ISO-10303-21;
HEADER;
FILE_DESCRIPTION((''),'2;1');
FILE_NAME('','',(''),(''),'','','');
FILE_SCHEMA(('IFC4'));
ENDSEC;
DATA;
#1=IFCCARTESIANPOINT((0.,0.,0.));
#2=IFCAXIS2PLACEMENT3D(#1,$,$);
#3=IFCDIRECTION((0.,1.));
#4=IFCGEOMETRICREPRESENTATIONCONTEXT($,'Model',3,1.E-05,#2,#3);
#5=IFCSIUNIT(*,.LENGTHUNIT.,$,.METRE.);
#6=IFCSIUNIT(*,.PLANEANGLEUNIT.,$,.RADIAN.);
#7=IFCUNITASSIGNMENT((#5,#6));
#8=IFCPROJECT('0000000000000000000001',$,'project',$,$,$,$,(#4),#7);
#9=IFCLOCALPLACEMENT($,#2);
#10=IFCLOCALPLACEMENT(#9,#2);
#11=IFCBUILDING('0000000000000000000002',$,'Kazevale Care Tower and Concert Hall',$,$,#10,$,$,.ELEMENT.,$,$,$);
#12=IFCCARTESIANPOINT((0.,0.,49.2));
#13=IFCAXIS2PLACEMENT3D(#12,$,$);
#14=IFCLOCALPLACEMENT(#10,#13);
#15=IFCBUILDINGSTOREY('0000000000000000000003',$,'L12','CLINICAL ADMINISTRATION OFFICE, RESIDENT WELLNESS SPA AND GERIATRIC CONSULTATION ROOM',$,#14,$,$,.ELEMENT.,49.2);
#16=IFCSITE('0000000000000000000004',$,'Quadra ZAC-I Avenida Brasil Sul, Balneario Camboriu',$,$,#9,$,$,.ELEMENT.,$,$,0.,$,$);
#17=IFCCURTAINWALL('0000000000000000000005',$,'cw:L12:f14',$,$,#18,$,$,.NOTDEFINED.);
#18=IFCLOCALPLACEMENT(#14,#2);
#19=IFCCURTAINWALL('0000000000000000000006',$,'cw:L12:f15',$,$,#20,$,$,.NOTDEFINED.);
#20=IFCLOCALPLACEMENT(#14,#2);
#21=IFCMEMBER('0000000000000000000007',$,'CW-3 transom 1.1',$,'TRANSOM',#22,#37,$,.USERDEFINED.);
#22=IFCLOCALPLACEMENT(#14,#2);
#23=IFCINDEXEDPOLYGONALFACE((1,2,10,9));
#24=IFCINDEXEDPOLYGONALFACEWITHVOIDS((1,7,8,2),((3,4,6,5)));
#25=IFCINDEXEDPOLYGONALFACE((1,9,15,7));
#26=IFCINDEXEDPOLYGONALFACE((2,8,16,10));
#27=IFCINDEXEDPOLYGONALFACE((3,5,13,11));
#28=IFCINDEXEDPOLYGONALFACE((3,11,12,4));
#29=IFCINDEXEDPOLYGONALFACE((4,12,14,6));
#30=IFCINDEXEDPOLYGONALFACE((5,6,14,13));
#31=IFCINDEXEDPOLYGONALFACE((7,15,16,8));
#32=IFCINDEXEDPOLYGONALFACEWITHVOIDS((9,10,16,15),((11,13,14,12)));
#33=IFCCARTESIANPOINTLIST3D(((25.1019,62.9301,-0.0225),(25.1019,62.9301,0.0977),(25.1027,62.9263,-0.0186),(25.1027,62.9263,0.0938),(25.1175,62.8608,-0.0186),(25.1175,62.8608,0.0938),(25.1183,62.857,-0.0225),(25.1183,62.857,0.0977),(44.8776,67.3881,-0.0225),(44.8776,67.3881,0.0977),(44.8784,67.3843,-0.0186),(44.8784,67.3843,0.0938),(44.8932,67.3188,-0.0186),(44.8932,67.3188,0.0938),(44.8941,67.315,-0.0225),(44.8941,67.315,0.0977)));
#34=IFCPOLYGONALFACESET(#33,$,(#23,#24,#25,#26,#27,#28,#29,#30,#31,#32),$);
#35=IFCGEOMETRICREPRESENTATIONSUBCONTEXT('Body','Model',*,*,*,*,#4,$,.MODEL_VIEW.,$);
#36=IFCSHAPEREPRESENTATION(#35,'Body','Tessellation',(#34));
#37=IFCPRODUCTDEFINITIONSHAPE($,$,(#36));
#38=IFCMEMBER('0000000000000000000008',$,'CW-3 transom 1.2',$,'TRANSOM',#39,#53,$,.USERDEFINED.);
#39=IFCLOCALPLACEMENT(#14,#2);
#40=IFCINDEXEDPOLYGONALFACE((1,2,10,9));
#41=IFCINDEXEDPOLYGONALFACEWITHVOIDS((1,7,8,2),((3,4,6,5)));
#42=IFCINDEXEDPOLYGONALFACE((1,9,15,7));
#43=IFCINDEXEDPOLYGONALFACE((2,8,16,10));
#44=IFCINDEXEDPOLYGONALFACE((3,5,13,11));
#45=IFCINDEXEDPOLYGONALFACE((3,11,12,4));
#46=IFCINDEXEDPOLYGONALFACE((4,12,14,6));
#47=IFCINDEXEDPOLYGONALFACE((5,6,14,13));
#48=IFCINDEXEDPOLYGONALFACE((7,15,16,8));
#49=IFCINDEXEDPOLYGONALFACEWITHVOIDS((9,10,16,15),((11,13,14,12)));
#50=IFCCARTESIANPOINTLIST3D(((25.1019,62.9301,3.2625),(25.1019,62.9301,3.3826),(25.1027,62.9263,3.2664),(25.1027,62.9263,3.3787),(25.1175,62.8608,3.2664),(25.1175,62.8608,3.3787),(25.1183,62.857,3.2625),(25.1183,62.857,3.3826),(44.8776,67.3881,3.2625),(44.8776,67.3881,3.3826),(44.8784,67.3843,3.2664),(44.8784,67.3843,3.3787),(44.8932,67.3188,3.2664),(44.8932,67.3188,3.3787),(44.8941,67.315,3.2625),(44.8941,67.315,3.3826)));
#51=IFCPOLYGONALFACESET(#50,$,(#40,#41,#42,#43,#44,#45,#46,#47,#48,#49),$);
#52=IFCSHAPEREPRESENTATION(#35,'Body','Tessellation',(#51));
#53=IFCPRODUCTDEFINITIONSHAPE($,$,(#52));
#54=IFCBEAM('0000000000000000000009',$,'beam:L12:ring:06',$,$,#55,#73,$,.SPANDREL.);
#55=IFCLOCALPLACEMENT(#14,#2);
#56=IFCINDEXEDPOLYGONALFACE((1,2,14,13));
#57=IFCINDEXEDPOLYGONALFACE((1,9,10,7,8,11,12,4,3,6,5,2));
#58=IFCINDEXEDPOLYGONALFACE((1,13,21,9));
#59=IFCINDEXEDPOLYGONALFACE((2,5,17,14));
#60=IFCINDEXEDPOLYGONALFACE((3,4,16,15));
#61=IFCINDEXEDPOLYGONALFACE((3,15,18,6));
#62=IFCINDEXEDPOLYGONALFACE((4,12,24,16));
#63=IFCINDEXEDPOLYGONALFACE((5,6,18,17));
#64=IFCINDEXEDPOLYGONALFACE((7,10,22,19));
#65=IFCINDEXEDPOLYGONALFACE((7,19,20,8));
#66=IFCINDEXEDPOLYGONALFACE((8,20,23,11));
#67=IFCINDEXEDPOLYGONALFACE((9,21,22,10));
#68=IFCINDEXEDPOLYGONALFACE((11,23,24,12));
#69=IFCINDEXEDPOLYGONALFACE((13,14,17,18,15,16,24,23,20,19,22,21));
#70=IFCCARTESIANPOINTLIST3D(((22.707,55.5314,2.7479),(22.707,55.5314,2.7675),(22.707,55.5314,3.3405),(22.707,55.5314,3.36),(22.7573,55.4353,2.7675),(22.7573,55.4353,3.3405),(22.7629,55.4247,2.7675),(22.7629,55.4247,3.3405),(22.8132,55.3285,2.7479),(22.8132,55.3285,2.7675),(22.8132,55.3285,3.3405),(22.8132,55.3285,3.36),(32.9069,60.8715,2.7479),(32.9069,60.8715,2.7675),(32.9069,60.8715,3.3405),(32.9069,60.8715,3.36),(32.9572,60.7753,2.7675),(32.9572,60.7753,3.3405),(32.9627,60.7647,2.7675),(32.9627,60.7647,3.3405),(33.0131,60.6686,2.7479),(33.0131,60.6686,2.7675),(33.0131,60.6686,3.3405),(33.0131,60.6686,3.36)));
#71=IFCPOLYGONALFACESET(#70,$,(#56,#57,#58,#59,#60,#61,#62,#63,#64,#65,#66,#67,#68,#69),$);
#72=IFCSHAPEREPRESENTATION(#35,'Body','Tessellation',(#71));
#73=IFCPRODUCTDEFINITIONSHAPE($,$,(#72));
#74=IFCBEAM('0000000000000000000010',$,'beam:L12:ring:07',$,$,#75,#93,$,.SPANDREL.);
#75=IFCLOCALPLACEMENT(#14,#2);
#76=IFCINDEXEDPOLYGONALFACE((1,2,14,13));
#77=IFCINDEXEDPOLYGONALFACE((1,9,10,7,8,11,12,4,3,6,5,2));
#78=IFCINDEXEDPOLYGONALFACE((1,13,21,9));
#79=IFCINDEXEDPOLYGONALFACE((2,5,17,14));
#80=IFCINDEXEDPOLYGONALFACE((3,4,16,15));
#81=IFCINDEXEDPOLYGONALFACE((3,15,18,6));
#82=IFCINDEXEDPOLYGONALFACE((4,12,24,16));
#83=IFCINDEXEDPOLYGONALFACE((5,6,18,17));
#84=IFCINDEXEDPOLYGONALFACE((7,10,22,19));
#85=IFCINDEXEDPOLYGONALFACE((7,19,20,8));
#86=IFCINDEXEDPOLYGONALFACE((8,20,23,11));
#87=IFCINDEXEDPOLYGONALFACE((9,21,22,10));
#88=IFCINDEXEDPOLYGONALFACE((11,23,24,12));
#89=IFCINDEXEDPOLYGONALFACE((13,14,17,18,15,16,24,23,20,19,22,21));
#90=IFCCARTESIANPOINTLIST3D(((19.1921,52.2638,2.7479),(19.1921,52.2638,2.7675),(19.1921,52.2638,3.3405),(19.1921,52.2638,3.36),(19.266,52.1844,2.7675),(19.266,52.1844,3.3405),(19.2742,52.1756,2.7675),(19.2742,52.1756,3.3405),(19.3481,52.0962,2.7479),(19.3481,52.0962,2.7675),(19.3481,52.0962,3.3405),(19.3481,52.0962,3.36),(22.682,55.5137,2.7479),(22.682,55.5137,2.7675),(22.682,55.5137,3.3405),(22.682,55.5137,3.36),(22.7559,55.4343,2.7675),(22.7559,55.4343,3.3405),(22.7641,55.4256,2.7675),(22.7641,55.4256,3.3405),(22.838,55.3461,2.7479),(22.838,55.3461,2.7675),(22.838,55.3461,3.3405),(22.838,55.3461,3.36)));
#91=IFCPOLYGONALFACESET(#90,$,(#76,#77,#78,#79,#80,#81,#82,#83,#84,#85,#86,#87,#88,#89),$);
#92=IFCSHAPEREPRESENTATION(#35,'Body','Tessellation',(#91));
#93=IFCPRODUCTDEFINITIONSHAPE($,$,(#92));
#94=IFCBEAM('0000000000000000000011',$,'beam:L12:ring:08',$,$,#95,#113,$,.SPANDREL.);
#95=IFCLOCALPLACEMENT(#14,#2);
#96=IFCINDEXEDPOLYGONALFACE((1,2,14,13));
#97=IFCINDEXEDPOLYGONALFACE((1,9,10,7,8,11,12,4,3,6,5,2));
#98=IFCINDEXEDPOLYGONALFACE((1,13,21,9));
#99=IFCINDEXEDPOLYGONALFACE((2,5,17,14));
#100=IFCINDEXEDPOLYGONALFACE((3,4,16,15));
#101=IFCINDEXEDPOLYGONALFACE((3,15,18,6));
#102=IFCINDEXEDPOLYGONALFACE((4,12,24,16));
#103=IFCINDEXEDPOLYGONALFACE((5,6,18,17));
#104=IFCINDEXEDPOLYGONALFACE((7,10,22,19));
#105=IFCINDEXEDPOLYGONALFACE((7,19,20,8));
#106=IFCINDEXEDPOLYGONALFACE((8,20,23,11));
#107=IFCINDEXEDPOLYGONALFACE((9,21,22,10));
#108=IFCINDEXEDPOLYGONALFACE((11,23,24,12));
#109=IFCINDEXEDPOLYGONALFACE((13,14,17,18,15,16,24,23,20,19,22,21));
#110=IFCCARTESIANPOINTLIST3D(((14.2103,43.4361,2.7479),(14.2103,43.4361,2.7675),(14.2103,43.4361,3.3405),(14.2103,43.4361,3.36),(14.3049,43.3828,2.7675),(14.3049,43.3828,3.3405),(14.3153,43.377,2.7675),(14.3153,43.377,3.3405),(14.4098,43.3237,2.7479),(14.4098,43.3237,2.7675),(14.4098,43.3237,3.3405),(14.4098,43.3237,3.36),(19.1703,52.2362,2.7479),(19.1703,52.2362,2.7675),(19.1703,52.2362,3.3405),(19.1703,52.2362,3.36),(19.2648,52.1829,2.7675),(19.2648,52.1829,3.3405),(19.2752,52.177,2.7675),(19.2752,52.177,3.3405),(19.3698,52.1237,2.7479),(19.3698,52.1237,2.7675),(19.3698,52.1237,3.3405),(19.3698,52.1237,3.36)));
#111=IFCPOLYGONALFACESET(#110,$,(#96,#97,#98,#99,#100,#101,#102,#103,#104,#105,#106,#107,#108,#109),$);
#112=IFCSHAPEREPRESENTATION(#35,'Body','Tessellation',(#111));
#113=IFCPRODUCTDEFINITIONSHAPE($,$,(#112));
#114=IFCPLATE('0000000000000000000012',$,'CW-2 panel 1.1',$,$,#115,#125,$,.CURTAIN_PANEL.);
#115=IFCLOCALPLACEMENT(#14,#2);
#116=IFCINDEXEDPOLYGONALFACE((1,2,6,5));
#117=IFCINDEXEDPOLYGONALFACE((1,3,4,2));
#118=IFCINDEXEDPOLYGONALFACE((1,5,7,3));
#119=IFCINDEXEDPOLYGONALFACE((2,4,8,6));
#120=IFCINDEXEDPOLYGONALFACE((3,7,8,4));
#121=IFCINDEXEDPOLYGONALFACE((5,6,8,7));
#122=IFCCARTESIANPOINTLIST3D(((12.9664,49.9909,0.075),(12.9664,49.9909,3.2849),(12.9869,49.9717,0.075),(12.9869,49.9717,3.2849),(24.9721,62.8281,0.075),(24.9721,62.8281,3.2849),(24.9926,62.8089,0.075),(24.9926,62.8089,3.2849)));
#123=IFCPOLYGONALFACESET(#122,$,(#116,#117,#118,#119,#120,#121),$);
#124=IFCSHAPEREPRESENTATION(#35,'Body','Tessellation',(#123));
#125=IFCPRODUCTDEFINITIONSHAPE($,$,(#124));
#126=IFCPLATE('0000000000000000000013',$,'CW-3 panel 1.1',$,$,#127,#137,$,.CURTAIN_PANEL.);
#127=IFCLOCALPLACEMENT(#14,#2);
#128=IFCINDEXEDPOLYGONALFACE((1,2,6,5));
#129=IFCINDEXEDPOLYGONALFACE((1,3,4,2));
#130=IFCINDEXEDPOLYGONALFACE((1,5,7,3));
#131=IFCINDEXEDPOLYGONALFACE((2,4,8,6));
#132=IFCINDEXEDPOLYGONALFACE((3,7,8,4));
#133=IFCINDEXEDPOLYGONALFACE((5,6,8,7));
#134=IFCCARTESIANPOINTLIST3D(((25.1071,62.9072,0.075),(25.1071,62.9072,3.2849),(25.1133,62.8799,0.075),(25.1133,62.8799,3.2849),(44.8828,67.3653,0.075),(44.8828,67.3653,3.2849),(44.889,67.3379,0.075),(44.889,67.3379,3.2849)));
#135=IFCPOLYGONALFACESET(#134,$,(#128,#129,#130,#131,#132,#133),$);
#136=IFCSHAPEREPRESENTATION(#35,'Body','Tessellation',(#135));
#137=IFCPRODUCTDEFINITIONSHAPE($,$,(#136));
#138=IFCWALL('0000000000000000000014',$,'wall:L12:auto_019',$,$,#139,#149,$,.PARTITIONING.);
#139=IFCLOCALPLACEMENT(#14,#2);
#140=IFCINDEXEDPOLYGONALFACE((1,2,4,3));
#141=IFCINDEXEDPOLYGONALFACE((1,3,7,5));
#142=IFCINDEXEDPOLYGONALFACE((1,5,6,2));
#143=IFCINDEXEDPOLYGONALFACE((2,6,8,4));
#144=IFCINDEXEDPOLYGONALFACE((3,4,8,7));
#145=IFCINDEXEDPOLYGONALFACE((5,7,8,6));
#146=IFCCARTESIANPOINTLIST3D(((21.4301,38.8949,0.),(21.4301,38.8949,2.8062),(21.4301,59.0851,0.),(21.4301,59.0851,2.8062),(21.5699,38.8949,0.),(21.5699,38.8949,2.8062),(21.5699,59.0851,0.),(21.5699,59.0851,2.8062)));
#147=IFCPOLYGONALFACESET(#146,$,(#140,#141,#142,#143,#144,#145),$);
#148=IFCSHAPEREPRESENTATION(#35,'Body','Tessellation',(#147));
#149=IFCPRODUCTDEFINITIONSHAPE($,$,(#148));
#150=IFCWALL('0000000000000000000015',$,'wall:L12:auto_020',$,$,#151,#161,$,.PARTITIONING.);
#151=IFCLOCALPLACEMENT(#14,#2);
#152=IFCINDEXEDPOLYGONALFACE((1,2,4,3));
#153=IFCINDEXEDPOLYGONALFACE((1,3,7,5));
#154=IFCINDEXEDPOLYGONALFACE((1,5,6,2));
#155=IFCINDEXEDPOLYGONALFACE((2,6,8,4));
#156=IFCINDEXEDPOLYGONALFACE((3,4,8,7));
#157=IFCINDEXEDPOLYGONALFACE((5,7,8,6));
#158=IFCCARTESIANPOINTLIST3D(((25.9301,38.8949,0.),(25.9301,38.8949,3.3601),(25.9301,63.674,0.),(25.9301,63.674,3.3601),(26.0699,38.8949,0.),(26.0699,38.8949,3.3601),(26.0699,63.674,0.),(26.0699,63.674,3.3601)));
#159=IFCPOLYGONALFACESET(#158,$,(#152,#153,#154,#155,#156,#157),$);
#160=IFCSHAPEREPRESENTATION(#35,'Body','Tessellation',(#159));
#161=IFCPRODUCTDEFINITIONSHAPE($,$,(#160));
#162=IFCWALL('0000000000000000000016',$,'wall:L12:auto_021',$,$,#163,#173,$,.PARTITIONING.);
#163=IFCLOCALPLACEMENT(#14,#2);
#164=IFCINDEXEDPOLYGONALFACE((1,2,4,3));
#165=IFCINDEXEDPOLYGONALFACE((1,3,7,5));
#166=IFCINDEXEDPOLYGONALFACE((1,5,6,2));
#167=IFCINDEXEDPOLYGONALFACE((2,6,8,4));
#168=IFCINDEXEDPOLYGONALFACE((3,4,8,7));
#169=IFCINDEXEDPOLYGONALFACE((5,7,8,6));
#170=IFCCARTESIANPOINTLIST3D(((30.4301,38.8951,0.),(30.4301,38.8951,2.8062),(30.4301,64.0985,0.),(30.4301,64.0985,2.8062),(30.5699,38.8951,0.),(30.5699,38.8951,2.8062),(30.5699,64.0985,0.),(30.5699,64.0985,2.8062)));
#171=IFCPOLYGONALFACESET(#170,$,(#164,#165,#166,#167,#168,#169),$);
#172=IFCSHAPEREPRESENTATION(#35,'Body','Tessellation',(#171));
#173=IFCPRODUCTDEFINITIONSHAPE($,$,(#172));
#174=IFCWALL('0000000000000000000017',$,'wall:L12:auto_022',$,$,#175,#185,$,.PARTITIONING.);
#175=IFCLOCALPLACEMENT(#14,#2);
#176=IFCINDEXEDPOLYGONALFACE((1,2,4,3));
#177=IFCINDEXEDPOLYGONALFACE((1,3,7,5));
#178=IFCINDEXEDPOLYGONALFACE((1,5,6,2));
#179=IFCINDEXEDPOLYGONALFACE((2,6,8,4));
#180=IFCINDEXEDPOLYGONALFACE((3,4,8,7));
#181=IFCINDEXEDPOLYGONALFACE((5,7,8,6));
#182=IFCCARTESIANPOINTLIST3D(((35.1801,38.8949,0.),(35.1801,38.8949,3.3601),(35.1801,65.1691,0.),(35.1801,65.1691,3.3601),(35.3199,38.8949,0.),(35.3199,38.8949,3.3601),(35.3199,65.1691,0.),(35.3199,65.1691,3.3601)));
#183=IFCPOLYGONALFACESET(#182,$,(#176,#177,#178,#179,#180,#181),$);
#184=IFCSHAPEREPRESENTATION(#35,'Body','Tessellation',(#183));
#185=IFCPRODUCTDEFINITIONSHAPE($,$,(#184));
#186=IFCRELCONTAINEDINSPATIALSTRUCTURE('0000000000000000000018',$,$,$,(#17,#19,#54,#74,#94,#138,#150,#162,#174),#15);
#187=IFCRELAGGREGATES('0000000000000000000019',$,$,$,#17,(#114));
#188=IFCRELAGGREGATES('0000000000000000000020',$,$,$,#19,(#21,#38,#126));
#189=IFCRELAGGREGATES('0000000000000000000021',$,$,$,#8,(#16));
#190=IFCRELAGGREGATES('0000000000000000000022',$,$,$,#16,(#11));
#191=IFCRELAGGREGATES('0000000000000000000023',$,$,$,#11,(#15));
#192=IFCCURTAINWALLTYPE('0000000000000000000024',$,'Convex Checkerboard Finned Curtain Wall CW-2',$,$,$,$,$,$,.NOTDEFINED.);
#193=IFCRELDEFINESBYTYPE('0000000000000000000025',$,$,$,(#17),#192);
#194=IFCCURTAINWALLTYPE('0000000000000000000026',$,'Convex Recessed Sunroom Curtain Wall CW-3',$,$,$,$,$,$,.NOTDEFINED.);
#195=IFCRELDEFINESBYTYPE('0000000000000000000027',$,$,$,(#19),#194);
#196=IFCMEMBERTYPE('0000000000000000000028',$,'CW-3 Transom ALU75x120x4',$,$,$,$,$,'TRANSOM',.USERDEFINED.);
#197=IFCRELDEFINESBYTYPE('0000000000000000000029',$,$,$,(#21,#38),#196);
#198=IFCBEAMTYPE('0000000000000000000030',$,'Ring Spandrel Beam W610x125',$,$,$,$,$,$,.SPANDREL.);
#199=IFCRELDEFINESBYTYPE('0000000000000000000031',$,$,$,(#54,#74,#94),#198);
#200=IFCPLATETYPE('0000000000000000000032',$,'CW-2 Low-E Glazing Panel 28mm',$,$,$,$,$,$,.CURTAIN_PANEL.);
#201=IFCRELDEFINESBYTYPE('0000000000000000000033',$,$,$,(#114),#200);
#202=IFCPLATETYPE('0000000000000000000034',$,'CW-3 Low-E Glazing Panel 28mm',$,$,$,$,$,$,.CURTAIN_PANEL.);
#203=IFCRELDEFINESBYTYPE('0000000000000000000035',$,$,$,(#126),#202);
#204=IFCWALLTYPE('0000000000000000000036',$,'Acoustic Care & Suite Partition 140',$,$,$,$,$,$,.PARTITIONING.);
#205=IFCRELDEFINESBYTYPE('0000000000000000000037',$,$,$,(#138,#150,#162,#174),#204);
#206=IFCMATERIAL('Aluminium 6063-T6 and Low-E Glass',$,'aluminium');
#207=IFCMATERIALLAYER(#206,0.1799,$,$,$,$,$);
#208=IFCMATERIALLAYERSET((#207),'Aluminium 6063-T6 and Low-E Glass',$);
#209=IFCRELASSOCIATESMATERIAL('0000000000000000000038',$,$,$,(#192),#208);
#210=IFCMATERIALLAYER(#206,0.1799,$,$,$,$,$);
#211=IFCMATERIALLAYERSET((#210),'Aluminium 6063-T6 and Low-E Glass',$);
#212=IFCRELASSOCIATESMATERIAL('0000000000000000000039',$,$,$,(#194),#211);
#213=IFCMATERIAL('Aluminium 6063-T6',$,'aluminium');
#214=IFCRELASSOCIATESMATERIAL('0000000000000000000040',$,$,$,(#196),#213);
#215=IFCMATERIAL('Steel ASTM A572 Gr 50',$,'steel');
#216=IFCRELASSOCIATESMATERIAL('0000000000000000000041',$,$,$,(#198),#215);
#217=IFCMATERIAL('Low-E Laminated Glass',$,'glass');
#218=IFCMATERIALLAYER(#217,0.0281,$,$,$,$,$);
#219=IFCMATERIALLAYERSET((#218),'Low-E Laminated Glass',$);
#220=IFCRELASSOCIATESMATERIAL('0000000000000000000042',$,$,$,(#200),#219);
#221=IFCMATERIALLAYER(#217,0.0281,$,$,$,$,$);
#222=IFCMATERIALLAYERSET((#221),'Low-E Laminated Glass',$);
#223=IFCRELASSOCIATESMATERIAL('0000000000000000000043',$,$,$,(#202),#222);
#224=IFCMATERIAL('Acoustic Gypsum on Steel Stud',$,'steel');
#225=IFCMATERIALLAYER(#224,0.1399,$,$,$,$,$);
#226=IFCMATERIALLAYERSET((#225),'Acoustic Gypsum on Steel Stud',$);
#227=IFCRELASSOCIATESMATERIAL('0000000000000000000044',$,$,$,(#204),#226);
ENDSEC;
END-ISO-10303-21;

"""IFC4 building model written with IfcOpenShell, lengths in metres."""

from ifc_helpers import new_model, si_unit, direction, frame, frame_2d, origin, origin_2d, place, context, subcontext, project, spatial, rectangle, hollow_rectangle, i_section, extrude, material, layer, layer_set, material_profile, profile_set, type_object, element, aggregate, save


model = new_model("IFC4")

# Units and contexts
model_context = context("Model", 3, precision=1e-05, world=origin(), true_north=direction((0.0, 1.0)))
body_context = subcontext(model_context, "Body", "Model", "MODEL_VIEW")
ifc_project = project(units=[si_unit("LENGTHUNIT", "METRE"), si_unit("PLANEANGLEUNIT", "RADIAN")], contexts=[model_context])

# Site, building, storey
site_placement = place(None, origin())
site = spatial("IfcSite", under=ifc_project, at=site_placement, Name="Quadra ZAC-I Avenida Brasil Sul, Balneario Camboriu", CompositionType="ELEMENT", RefElevation=0.0)
building_placement = place(site_placement, origin())
building = spatial("IfcBuilding", under=site, at=building_placement, Name="Kazevale Care Tower and Concert Hall", CompositionType="ELEMENT")
storey_placement = place(building_placement, frame((0.0, 0.0, 49.2)))
storey = spatial("IfcBuildingStorey", under=building, at=storey_placement, Name="L12", Description="CLINICAL ADMINISTRATION OFFICE, RESIDENT WELLNESS SPA AND GERIATRIC CONSULTATION ROOM", CompositionType="ELEMENT", Elevation=49.2)

# Curtain wall
ifc_material_1 = material(Name="Aluminium 6063-T6 and Low-E Glass", Category="aluminium")
ifc_layer_1 = layer(ifc_material_1, 0.1799)
ifc_layer_set_1 = layer_set([ifc_layer_1], Name="Aluminium 6063-T6 and Low-E Glass")
curtain_wall_type_1 = type_object("IfcCurtainWallType", Name="Convex Checkerboard Finned Curtain Wall CW-2", PredefinedType="NOTDEFINED", material=ifc_layer_set_1)
curtain_wall_1_placement = place(storey_placement, origin())
curtain_wall_1 = element("IfcCurtainWall", 1, at=curtain_wall_1_placement, inside=storey, type_object=curtain_wall_type_1, Name="cw:L12:f14", PredefinedType="NOTDEFINED")
ifc_material_2 = material(Name="Aluminium 6063-T6", Category="aluminium")

# Curtain wall, members
ifc_layer_2 = layer(ifc_material_1, 0.1799)
ifc_layer_set_2 = layer_set([ifc_layer_2], Name="Aluminium 6063-T6 and Low-E Glass")
curtain_wall_type_2 = type_object("IfcCurtainWallType", Name="Convex Recessed Sunroom Curtain Wall CW-3", PredefinedType="NOTDEFINED", material=ifc_layer_set_2)
curtain_wall_2_placement = place(storey_placement, origin())
curtain_wall_2 = element("IfcCurtainWall", 2, at=curtain_wall_2_placement, inside=storey, type_object=curtain_wall_type_2, Name="cw:L12:f15", PredefinedType="NOTDEFINED")
ifc_material_profile_1 = material_profile(ifc_material_2, hollow_rectangle(XDim=0.075, YDim=0.1201, WallThickness=0.0039, at=origin_2d()), Name="ALU75x120x4")
ifc_profile_set_1 = profile_set([ifc_material_profile_1], Name="Aluminium 6063-T6")
member_type_1 = type_object("IfcMemberType", Name="CW-3 Transom ALU75x120x4", ElementType="TRANSOM", PredefinedType="USERDEFINED", material=ifc_profile_set_1)
member_1_placement = place(storey_placement, frame((25.1101, 62.8936, 0.0376), z_axis=(0.97552, 0.219911, 0.0), x_axis=(-0.219911, 0.97552, 0.0)))
member_1 = element("IfcMember", 3, at=member_1_placement, type_object=member_type_1, Name="CW-3 transom 1.1", ObjectType="TRANSOM", PredefinedType="USERDEFINED", context=body_context, shape_type="SweptSolid", body=[
    extrude(hollow_rectangle(XDim=0.075, YDim=0.1201, WallThickness=0.0039, at=origin_2d()), origin(), (0.0, 0.0, 1.0), 20.272),
])
member_2_placement = place(storey_placement, frame((25.1101, 62.8936, 3.3225), z_axis=(0.97552, 0.219911, 0.0), x_axis=(-0.219911, 0.97552, 0.0)))
member_2 = element("IfcMember", 4, at=member_2_placement, type_object=member_type_1, Name="CW-3 transom 1.2", ObjectType="TRANSOM", PredefinedType="USERDEFINED", context=body_context, shape_type="SweptSolid", body=[
    extrude(hollow_rectangle(XDim=0.075, YDim=0.1201, WallThickness=0.0039, at=origin_2d()), origin(), (0.0, 0.0, 1.0), 20.272),
])

# Beams
ifc_material_3 = material(Name="Steel ASTM A572 Gr 50", Category="steel")
ifc_material_profile_2 = material_profile(ifc_material_3, i_section(OverallWidth=0.229, OverallDepth=0.6121, WebThickness=0.012, FlangeThickness=0.0195, at=origin_2d()), Name="W610x125")
ifc_profile_set_2 = profile_set([ifc_material_profile_2], Name="Steel ASTM A572 Gr 50")
beam_type = type_object("IfcBeamType", Name="Ring Spandrel Beam W610x125", PredefinedType="SPANDREL", material=ifc_profile_set_2)
beam_1_placement = place(storey_placement, frame((32.96, 60.77, 3.054), z_axis=(-0.885929, -0.46382, 0.0), x_axis=(0.46382, -0.885929, 0.0)))
element("IfcBeam", 5, at=beam_1_placement, inside=storey, type_object=beam_type, Name="beam:L12:ring:06", PredefinedType="SPANDREL", context=body_context, shape_type="SweptSolid", body=[
    extrude(i_section(OverallWidth=0.229, OverallDepth=0.6121, WebThickness=0.012, FlangeThickness=0.0195, at=origin_2d()), origin(), (0.0, 0.0, 1.0), 11.5132),
])
beam_2_placement = place(storey_placement, frame((22.76, 55.4299, 3.054), z_axis=(-0.731821, -0.681497, 0.0), x_axis=(0.681497, -0.731821, 0.0)))
element("IfcBeam", 6, at=beam_2_placement, inside=storey, type_object=beam_type, Name="beam:L12:ring:07", PredefinedType="SPANDREL", context=body_context, shape_type="SweptSolid", body=[
    extrude(i_section(OverallWidth=0.229, OverallDepth=0.6121, WebThickness=0.012, FlangeThickness=0.0195, at=origin_2d()), origin(), (0.0, 0.0, 1.0), 4.7688),
])
beam_3_placement = place(storey_placement, frame((19.27, 52.1799, 3.054), z_axis=(-0.491008, -0.871155, 0.0), x_axis=(0.871155, -0.491008, 0.0)))
element("IfcBeam", 7, at=beam_3_placement, inside=storey, type_object=beam_type, Name="beam:L12:ring:08", PredefinedType="SPANDREL", context=body_context, shape_type="SweptSolid", body=[
    extrude(i_section(OverallWidth=0.229, OverallDepth=0.6121, WebThickness=0.012, FlangeThickness=0.0195, at=origin_2d()), origin(), (0.0, 0.0, 1.0), 10.1016),
])

# Plates
ifc_material_4 = material(Name="Low-E Laminated Glass", Category="glass")
ifc_layer_3 = layer(ifc_material_4, 0.0281)
ifc_layer_set_3 = layer_set([ifc_layer_3], Name="Low-E Laminated Glass")
plate_type_1 = type_object("IfcPlateType", Name="CW-2 Low-E Glazing Panel 28mm", PredefinedType="CURTAIN_PANEL", material=ifc_layer_set_3)
plate_1_placement = place(storey_placement, frame((18.9795, 56.3999, 0.075), z_axis=(0.0, 0.0, 1.0), x_axis=(0.683059, 0.730363, 0.0)))
plate_1 = element("IfcPlate", 8, at=plate_1_placement, type_object=plate_type_1, Name="CW-2 panel 1.1", PredefinedType="CURTAIN_PANEL", context=body_context, shape_type="SweptSolid", body=[
    extrude(rectangle(XDim=17.5764, YDim=0.0281, at=origin_2d()), origin(), (0.0, 0.0, 1.0), 3.21),
])
aggregate(curtain_wall_1, [plate_1])
ifc_layer_4 = layer(ifc_material_4, 0.0281)
ifc_layer_set_4 = layer_set([ifc_layer_4], Name="Low-E Laminated Glass")
plate_type_2 = type_object("IfcPlateType", Name="CW-3 Low-E Glazing Panel 28mm", PredefinedType="CURTAIN_PANEL", material=ifc_layer_set_4)
plate_2_placement = place(storey_placement, frame((34.998, 65.1226, 0.075), z_axis=(0.0, 0.0, 1.0), x_axis=(0.97552, 0.219911, 0.0)))
plate_2 = element("IfcPlate", 9, at=plate_2_placement, type_object=plate_type_2, Name="CW-3 panel 1.1", PredefinedType="CURTAIN_PANEL", context=body_context, shape_type="SweptSolid", body=[
    extrude(rectangle(XDim=20.272, YDim=0.0281, at=origin_2d()), origin(), (0.0, 0.0, 1.0), 3.21),
])
aggregate(curtain_wall_2, [member_1, member_2, plate_2])

# Walls
ifc_material_5 = material(Name="Acoustic Gypsum on Steel Stud", Category="steel")
ifc_layer_5 = layer(ifc_material_5, 0.1399)
ifc_layer_set_5 = layer_set([ifc_layer_5], Name="Acoustic Gypsum on Steel Stud")
wall_type = type_object("IfcWallType", Name="Acoustic Care & Suite Partition 140", PredefinedType="PARTITIONING", material=ifc_layer_set_5)
wall_1_placement = place(storey_placement, frame((21.5, 59.0852, 0.0), z_axis=(0.0, 0.0, 1.0), x_axis=(0.0, -1.0, 0.0)))
element("IfcWall", 10, at=wall_1_placement, inside=storey, type_object=wall_type, Name="wall:L12:auto_019", PredefinedType="PARTITIONING", context=body_context, shape_type="SweptSolid", body=[
    extrude(rectangle(XDim=20.1902, YDim=0.1399, at=frame_2d((10.0952, 0.0))), origin(), (0.0, 0.0, 1.0), 2.8062),
])
wall_2_placement = place(storey_placement, frame((26.0, 63.6741, 0.0), z_axis=(0.0, 0.0, 1.0), x_axis=(0.0, -1.0, 0.0)))
element("IfcWall", 11, at=wall_2_placement, inside=storey, type_object=wall_type, Name="wall:L12:auto_020", PredefinedType="PARTITIONING", context=body_context, shape_type="SweptSolid", body=[
    extrude(rectangle(XDim=24.7791, YDim=0.1399, at=frame_2d((12.3896, 0.0))), origin(), (0.0, 0.0, 1.0), 3.3601),
])
wall_3_placement = place(storey_placement, frame((30.5, 64.0984, 0.0), z_axis=(0.0, 0.0, 1.0), x_axis=(0.0, -1.0, 0.0)))
element("IfcWall", 12, at=wall_3_placement, inside=storey, type_object=wall_type, Name="wall:L12:auto_021", PredefinedType="PARTITIONING", context=body_context, shape_type="SweptSolid", body=[
    extrude(rectangle(XDim=25.2034, YDim=0.1399, at=frame_2d((12.6016, 0.0))), origin(), (0.0, 0.0, 1.0), 2.8062),
])
wall_4_placement = place(storey_placement, frame((35.25, 65.1692, 0.0), z_axis=(0.0, 0.0, 1.0), x_axis=(0.0, -1.0, 0.0)))
element("IfcWall", 13, at=wall_4_placement, inside=storey, type_object=wall_type, Name="wall:L12:auto_022", PredefinedType="PARTITIONING", context=body_context, shape_type="SweptSolid", body=[
    extrude(rectangle(XDim=26.2742, YDim=0.1399, at=frame_2d((13.1372, 0.0))), origin(), (0.0, 0.0, 1.0), 3.3601),
])

save(model, "model.ifc")
